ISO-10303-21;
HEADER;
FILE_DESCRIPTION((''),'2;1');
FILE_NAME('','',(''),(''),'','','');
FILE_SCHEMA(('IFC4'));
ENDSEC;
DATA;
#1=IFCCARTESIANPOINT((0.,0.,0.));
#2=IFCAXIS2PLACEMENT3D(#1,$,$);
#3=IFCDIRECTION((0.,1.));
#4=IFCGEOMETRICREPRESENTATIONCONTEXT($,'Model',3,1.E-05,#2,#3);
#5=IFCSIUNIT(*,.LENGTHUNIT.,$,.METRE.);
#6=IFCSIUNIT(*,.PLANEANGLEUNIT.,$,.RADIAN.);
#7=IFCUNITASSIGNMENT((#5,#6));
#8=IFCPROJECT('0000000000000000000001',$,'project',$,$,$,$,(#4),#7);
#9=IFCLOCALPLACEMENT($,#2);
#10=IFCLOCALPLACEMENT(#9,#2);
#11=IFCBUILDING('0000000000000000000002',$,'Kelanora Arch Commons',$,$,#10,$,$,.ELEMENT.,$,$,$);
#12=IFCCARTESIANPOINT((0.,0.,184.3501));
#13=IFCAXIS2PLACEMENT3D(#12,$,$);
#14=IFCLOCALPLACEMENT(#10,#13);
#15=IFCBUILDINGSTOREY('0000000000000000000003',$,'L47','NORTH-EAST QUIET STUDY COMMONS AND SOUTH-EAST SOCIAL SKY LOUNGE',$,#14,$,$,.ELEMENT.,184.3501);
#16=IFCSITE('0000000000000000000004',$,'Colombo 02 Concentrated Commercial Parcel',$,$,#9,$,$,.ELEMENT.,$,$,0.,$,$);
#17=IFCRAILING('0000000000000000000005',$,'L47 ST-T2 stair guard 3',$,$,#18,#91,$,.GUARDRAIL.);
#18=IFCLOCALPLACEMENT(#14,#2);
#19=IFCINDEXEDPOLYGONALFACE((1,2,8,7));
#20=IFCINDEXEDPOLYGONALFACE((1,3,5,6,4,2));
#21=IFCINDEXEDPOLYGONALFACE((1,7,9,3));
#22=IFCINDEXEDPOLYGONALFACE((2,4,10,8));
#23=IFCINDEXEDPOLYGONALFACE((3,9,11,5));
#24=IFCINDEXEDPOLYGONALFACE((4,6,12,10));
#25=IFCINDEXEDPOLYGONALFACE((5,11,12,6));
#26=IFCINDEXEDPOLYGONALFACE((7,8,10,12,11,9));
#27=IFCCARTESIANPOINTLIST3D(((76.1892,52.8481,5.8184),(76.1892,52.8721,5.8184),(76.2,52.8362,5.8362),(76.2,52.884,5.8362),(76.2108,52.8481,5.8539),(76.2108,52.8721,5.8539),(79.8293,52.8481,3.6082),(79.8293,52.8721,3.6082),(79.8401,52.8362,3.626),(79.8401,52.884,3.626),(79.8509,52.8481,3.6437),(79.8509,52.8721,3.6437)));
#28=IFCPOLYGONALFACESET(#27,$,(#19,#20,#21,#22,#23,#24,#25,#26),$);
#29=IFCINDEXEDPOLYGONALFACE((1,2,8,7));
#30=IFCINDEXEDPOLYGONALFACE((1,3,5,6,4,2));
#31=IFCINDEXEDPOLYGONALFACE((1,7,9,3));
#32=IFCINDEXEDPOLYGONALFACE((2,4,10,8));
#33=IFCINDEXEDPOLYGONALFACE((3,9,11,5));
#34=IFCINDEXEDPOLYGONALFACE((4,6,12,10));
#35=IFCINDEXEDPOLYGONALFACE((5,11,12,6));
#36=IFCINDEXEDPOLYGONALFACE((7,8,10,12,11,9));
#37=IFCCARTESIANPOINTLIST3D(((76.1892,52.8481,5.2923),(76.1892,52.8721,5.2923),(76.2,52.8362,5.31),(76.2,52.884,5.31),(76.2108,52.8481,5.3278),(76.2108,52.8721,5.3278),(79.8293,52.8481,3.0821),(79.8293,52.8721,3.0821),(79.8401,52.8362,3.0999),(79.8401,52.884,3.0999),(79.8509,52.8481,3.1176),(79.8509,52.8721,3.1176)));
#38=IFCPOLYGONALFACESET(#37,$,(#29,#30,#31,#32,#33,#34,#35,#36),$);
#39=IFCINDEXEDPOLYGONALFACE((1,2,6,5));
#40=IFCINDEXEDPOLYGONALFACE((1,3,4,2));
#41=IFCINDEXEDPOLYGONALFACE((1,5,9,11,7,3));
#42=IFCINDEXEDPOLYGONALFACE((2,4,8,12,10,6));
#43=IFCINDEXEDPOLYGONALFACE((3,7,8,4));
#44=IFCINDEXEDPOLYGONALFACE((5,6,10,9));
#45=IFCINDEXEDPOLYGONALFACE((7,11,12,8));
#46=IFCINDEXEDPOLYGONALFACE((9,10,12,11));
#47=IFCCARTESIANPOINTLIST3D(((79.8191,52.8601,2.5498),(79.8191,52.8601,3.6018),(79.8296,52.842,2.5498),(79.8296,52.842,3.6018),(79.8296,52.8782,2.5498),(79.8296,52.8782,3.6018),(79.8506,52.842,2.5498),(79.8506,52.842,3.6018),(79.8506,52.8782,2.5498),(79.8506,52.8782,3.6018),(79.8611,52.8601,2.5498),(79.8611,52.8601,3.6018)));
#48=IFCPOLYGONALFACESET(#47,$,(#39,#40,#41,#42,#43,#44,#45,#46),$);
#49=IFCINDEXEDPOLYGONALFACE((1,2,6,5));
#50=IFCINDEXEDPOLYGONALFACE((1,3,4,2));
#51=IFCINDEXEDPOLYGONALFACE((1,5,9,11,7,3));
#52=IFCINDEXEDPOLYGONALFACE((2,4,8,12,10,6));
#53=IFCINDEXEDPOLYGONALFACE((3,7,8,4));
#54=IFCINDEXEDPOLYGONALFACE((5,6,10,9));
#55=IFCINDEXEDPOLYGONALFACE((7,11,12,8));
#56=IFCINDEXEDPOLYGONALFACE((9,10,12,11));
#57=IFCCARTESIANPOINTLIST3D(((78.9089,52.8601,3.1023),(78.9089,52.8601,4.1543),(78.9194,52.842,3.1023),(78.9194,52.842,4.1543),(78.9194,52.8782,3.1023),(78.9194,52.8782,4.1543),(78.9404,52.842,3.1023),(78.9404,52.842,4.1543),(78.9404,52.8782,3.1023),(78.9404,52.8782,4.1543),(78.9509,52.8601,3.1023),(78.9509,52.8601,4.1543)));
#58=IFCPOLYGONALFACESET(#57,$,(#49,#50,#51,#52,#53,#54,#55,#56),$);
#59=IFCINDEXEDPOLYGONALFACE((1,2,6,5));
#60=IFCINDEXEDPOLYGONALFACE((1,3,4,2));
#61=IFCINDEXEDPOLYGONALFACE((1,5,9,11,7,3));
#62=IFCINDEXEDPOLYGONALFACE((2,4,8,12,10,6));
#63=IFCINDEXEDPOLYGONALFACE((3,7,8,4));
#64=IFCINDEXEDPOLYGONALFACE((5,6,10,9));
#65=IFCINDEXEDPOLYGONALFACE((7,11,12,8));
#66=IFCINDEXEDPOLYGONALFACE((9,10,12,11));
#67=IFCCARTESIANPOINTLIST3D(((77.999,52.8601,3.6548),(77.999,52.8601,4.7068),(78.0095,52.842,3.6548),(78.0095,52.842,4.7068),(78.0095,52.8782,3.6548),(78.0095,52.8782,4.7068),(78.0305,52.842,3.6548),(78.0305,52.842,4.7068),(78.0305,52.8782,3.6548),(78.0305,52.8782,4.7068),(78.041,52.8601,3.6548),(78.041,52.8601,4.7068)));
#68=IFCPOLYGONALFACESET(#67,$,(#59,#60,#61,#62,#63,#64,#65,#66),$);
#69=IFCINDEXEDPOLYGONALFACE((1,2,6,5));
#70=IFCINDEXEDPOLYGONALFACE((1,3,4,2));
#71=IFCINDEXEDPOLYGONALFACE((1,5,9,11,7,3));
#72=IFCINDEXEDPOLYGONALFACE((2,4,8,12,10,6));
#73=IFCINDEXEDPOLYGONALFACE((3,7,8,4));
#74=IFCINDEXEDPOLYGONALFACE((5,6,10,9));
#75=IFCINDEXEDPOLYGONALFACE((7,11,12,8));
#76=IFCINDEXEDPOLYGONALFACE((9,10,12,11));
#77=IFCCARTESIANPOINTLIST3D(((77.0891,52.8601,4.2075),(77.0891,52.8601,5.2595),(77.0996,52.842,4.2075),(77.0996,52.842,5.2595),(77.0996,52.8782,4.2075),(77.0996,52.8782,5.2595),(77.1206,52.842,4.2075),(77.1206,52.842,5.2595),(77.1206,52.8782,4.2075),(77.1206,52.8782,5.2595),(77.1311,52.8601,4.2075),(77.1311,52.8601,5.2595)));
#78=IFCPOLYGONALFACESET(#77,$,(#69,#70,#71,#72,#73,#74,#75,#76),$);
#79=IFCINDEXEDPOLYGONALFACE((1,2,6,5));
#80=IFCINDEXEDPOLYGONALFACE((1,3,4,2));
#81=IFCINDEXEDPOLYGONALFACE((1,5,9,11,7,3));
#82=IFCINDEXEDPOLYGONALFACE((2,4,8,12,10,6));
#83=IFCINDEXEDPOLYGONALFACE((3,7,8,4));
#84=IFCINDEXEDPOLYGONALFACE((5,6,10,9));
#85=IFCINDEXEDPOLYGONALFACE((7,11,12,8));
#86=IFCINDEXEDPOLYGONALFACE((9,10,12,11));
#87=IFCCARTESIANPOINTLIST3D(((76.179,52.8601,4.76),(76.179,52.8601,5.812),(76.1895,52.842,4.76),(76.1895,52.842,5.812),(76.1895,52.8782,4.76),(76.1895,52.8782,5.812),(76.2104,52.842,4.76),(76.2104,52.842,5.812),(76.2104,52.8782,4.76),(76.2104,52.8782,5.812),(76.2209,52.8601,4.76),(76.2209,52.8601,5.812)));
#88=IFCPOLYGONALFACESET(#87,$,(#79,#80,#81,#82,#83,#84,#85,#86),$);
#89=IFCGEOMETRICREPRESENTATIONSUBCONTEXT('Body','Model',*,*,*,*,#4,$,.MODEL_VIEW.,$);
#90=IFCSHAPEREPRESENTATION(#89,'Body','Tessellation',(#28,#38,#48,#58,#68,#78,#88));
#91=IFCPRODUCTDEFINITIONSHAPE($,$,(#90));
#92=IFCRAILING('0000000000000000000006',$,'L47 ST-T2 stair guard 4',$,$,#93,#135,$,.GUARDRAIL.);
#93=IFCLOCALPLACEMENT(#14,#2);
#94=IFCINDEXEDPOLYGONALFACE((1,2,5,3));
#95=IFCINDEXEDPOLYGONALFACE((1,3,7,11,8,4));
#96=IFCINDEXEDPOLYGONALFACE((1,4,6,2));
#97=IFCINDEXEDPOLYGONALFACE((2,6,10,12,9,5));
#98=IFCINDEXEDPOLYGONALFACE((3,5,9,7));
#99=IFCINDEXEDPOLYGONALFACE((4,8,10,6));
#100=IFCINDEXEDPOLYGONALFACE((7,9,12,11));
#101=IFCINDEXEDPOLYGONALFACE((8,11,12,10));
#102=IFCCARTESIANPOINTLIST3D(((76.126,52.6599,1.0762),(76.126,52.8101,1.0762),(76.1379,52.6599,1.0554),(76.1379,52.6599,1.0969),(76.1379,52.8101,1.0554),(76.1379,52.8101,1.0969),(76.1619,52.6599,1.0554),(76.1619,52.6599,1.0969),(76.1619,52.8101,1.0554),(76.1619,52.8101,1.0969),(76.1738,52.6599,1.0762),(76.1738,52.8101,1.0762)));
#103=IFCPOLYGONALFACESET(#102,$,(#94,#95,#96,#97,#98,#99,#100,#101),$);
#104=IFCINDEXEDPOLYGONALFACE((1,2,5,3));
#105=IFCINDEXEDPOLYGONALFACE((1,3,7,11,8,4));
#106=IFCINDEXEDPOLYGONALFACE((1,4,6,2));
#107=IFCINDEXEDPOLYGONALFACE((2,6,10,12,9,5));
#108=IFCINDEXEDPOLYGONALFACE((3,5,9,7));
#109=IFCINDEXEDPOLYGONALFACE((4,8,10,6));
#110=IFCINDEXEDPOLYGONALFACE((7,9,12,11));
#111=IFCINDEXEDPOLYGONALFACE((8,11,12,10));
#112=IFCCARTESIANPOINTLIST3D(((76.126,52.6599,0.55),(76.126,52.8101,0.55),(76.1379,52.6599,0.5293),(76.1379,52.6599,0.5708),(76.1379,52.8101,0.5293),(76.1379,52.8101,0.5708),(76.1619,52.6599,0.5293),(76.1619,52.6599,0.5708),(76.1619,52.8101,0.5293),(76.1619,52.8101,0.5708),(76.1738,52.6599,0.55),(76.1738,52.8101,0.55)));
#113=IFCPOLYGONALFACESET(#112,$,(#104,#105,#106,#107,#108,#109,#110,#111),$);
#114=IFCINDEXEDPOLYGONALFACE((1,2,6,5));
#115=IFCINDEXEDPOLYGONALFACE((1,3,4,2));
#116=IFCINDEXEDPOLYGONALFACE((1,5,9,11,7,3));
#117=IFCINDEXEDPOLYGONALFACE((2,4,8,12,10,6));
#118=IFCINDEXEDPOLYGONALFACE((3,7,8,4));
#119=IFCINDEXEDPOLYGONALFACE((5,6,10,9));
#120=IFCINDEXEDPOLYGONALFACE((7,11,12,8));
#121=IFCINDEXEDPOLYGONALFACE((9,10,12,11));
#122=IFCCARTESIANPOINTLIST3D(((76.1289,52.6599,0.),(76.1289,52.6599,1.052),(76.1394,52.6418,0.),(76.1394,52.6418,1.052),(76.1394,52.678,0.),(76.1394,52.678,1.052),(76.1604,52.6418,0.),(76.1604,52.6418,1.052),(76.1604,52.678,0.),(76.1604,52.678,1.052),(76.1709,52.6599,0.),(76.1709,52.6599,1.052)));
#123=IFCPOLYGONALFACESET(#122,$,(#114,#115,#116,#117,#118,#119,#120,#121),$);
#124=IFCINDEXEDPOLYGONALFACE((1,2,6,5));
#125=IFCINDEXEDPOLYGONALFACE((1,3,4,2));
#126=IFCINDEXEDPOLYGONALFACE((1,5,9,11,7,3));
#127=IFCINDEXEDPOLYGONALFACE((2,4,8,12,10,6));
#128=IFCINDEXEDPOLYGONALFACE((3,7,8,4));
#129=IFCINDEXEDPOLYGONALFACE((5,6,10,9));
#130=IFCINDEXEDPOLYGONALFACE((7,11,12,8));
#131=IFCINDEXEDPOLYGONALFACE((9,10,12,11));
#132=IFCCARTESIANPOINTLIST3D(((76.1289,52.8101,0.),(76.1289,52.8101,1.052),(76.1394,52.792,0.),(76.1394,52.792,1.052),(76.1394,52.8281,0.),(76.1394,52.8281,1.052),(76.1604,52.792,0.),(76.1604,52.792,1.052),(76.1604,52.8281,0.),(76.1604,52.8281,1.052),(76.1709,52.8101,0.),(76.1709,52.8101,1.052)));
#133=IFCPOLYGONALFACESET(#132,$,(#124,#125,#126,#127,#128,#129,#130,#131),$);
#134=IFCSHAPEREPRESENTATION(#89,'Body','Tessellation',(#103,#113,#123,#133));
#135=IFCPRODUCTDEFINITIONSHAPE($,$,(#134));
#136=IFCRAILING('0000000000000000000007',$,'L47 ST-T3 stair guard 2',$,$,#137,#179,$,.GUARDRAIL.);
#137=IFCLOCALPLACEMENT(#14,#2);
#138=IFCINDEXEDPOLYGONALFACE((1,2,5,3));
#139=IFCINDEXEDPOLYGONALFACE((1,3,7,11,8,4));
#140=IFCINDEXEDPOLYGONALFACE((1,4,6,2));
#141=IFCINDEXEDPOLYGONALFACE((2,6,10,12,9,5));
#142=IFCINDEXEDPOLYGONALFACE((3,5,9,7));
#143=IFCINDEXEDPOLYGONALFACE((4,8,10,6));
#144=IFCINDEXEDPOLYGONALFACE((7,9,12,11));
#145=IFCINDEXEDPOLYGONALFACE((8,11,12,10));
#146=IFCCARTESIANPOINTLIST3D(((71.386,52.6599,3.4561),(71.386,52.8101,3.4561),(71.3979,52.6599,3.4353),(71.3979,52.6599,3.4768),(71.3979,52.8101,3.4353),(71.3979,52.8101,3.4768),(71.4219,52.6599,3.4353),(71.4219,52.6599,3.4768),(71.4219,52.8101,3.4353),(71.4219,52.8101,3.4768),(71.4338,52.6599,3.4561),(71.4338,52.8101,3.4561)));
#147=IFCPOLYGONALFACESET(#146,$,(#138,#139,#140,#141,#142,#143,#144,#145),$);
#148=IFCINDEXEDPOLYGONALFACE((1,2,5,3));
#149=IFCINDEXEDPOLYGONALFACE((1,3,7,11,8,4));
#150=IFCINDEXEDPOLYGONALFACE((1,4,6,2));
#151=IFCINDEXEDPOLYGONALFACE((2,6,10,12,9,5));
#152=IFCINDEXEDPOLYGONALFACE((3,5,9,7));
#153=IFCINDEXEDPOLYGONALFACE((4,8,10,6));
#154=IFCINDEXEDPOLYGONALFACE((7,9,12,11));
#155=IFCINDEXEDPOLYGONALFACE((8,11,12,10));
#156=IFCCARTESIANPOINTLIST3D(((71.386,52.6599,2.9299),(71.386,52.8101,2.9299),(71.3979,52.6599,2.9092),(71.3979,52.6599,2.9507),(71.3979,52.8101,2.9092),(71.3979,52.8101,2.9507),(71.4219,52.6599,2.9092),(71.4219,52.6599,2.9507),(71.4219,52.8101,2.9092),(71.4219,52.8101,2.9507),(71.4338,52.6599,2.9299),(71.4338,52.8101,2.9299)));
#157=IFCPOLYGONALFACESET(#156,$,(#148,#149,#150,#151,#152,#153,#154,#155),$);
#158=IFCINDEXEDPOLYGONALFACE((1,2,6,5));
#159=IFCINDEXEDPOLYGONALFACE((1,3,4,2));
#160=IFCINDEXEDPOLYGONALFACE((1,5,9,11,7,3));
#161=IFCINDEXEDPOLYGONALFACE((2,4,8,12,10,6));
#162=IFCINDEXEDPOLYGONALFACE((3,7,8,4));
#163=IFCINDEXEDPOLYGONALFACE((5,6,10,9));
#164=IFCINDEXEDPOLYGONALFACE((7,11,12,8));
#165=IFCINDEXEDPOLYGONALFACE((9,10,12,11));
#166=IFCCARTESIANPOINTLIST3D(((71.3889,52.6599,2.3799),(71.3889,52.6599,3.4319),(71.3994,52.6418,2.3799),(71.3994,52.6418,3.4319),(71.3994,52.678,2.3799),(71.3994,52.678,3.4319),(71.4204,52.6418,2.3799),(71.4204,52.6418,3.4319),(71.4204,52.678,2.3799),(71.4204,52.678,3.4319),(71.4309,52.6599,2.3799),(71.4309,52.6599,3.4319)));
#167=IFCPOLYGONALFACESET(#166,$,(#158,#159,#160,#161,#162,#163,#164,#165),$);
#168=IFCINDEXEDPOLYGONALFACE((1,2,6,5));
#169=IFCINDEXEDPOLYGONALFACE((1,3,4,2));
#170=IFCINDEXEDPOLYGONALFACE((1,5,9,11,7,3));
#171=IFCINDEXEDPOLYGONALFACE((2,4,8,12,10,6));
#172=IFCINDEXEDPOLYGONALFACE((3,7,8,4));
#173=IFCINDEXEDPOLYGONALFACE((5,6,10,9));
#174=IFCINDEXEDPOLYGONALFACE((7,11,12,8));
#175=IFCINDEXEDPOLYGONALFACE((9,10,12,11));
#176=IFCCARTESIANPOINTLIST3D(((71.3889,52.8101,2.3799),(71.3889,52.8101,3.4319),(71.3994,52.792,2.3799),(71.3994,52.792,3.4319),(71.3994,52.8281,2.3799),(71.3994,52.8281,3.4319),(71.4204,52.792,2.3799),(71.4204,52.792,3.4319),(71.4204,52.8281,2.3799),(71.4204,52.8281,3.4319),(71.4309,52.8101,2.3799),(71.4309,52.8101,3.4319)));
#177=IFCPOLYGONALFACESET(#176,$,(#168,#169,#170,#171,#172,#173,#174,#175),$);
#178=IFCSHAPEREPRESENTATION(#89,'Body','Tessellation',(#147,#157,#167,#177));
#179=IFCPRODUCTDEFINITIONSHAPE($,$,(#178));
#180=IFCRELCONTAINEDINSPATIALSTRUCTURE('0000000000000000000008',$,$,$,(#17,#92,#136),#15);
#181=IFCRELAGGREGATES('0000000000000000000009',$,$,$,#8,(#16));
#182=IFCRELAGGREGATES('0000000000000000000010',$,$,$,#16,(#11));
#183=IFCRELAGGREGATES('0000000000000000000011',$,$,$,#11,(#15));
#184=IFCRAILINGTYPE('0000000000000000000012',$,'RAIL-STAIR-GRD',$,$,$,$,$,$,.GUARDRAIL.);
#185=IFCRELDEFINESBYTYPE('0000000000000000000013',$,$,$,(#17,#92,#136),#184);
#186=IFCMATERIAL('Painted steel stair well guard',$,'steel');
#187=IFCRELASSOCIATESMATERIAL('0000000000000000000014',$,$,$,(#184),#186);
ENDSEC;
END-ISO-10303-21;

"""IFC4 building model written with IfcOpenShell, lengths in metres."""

from ifc_helpers import new_model, si_unit, direction, frame, origin, place, context, subcontext, project, spatial, polyline, outline, extrude, material, type_object, element, save


model = new_model("IFC4")

# Units and contexts
model_context = context("Model", 3, precision=1e-05, world=origin(), true_north=direction((0.0, 1.0)))
body_context = subcontext(model_context, "Body", "Model", "MODEL_VIEW")
ifc_project = project(units=[si_unit("LENGTHUNIT", "METRE"), si_unit("PLANEANGLEUNIT", "RADIAN")], contexts=[model_context])

# Site, building, storey
site_placement = place(None, origin())
site = spatial("IfcSite", under=ifc_project, at=site_placement, Name="Colombo 02 Concentrated Commercial Parcel", CompositionType="ELEMENT", RefElevation=0.0)
building_placement = place(site_placement, origin())
building = spatial("IfcBuilding", under=site, at=building_placement, Name="Kelanora Arch Commons", CompositionType="ELEMENT")
storey_placement = place(building_placement, frame((0.0, 0.0, 184.3501)))
storey = spatial("IfcBuildingStorey", under=building, at=storey_placement, Name="L47", Description="NORTH-EAST QUIET STUDY COMMONS AND SOUTH-EAST SOCIAL SKY LOUNGE", CompositionType="ELEMENT", Elevation=184.3501)

# Railings
ifc_material_1 = material(Name="Painted steel stair well guard", Category="steel")
railing_type_1 = type_object("IfcRailingType", Name="RAIL-STAIR-GRD", PredefinedType="GUARDRAIL", material=ifc_material_1)
railing_1_placement = place(storey_placement, frame((79.8401, 52.8601, 2.5498)))
element("IfcRailing", 1, at=railing_1_placement, inside=storey, type_object=railing_type_1, Name="L47 ST-T2 stair guard 3", PredefinedType="GUARDRAIL", context=body_context, shape_type="SweptSolid", body=[
    extrude(outline(polyline([(0.0239, 0.0), (0.012, 0.0208), (-0.012, 0.0208), (-0.0239, 0.0), (-0.012, -0.0208), (0.012, -0.0208), (0.0239, 0.0)])), frame((0.0, 0.0, 1.0762), z_axis=(-0.854775, 0.0, 0.518999), x_axis=(0.0, -1.0, 0.0)), (0.0, 0.0, 1.0), 4.2585),
    extrude(outline(polyline([(0.0239, 0.0), (0.012, 0.0208), (-0.012, 0.0208), (-0.0239, 0.0), (-0.012, -0.0208), (0.012, -0.0208), (0.0239, 0.0)])), frame((0.0, 0.0, 0.55), z_axis=(-0.854775, 0.0, 0.518999), x_axis=(0.0, -1.0, 0.0)), (0.0, 0.0, 1.0), 4.2585),
    extrude(outline(polyline([(0.021, 0.0), (0.0105, 0.0181), (-0.0105, 0.0181), (-0.021, 0.0), (-0.0105, -0.0181), (0.0105, -0.0181), (0.021, 0.0)])), origin(), (0.0, 0.0, 1.0), 1.052),
    extrude(outline(polyline([(0.021, 0.0), (0.0105, 0.0181), (-0.0105, 0.0181), (-0.021, 0.0), (-0.0105, -0.0181), (0.0105, -0.0181), (0.021, 0.0)])), frame((-0.9102, 0.0, 0.5525)), (0.0, 0.0, 1.0), 1.052),
    extrude(outline(polyline([(0.021, 0.0), (0.0105, 0.0181), (-0.0105, 0.0181), (-0.021, 0.0), (-0.0105, -0.0181), (0.0105, -0.0181), (0.021, 0.0)])), frame((-1.8201, 0.0, 1.105)), (0.0, 0.0, 1.0), 1.052),
    extrude(outline(polyline([(0.021, 0.0), (0.0105, 0.0181), (-0.0105, 0.0181), (-0.021, 0.0), (-0.0105, -0.0181), (0.0105, -0.0181), (0.021, 0.0)])), frame((-2.73, 0.0, 1.6577)), (0.0, 0.0, 1.0), 1.052),
    extrude(outline(polyline([(0.021, 0.0), (0.0105, 0.0181), (-0.0105, 0.0181), (-0.021, 0.0), (-0.0105, -0.0181), (0.0105, -0.0181), (0.021, 0.0)])), frame((-3.6401, 0.0, 2.2102)), (0.0, 0.0, 1.0), 1.052),
])
for number, where, name in (
    (2, (76.1499, 52.6599, 0.0), "L47 ST-T2 stair guard 4"),
    (3, (71.4099, 52.6599, 2.3799), "L47 ST-T3 stair guard 2"),
):
    element("IfcRailing", number, at=place(storey_placement, frame(where)), inside=storey, type_object=railing_type_1, Name=name, PredefinedType="GUARDRAIL", context=body_context, shape_type="SweptSolid", body=[
        extrude(outline(polyline([(0.0239, 0.0), (0.012, 0.0208), (-0.012, 0.0208), (-0.0239, 0.0), (-0.012, -0.0208), (0.012, -0.0208), (0.0239, 0.0)])), frame((0.0, 0.0, 1.0762), z_axis=(0.0, 1.0, 0.0), x_axis=(-1.0, 0.0, 0.0)), (0.0, 0.0, 1.0), 0.1501),
        extrude(outline(polyline([(0.0239, 0.0), (0.012, 0.0208), (-0.012, 0.0208), (-0.0239, 0.0), (-0.012, -0.0208), (0.012, -0.0208), (0.0239, 0.0)])), frame((0.0, 0.0, 0.55), z_axis=(0.0, 1.0, 0.0), x_axis=(-1.0, 0.0, 0.0)), (0.0, 0.0, 1.0), 0.1501),
        extrude(outline(polyline([(0.021, 0.0), (0.0105, 0.0181), (-0.0105, 0.0181), (-0.021, 0.0), (-0.0105, -0.0181), (0.0105, -0.0181), (0.021, 0.0)])), origin(), (0.0, 0.0, 1.0), 1.052),
        extrude(outline(polyline([(0.021, 0.0), (0.0105, 0.0181), (-0.0105, 0.0181), (-0.021, 0.0), (-0.0105, -0.0181), (0.0105, -0.0181), (0.021, 0.0)])), frame((0.0, 0.1501, 0.0)), (0.0, 0.0, 1.0), 1.052),
    ])

save(model, "model.ifc")
